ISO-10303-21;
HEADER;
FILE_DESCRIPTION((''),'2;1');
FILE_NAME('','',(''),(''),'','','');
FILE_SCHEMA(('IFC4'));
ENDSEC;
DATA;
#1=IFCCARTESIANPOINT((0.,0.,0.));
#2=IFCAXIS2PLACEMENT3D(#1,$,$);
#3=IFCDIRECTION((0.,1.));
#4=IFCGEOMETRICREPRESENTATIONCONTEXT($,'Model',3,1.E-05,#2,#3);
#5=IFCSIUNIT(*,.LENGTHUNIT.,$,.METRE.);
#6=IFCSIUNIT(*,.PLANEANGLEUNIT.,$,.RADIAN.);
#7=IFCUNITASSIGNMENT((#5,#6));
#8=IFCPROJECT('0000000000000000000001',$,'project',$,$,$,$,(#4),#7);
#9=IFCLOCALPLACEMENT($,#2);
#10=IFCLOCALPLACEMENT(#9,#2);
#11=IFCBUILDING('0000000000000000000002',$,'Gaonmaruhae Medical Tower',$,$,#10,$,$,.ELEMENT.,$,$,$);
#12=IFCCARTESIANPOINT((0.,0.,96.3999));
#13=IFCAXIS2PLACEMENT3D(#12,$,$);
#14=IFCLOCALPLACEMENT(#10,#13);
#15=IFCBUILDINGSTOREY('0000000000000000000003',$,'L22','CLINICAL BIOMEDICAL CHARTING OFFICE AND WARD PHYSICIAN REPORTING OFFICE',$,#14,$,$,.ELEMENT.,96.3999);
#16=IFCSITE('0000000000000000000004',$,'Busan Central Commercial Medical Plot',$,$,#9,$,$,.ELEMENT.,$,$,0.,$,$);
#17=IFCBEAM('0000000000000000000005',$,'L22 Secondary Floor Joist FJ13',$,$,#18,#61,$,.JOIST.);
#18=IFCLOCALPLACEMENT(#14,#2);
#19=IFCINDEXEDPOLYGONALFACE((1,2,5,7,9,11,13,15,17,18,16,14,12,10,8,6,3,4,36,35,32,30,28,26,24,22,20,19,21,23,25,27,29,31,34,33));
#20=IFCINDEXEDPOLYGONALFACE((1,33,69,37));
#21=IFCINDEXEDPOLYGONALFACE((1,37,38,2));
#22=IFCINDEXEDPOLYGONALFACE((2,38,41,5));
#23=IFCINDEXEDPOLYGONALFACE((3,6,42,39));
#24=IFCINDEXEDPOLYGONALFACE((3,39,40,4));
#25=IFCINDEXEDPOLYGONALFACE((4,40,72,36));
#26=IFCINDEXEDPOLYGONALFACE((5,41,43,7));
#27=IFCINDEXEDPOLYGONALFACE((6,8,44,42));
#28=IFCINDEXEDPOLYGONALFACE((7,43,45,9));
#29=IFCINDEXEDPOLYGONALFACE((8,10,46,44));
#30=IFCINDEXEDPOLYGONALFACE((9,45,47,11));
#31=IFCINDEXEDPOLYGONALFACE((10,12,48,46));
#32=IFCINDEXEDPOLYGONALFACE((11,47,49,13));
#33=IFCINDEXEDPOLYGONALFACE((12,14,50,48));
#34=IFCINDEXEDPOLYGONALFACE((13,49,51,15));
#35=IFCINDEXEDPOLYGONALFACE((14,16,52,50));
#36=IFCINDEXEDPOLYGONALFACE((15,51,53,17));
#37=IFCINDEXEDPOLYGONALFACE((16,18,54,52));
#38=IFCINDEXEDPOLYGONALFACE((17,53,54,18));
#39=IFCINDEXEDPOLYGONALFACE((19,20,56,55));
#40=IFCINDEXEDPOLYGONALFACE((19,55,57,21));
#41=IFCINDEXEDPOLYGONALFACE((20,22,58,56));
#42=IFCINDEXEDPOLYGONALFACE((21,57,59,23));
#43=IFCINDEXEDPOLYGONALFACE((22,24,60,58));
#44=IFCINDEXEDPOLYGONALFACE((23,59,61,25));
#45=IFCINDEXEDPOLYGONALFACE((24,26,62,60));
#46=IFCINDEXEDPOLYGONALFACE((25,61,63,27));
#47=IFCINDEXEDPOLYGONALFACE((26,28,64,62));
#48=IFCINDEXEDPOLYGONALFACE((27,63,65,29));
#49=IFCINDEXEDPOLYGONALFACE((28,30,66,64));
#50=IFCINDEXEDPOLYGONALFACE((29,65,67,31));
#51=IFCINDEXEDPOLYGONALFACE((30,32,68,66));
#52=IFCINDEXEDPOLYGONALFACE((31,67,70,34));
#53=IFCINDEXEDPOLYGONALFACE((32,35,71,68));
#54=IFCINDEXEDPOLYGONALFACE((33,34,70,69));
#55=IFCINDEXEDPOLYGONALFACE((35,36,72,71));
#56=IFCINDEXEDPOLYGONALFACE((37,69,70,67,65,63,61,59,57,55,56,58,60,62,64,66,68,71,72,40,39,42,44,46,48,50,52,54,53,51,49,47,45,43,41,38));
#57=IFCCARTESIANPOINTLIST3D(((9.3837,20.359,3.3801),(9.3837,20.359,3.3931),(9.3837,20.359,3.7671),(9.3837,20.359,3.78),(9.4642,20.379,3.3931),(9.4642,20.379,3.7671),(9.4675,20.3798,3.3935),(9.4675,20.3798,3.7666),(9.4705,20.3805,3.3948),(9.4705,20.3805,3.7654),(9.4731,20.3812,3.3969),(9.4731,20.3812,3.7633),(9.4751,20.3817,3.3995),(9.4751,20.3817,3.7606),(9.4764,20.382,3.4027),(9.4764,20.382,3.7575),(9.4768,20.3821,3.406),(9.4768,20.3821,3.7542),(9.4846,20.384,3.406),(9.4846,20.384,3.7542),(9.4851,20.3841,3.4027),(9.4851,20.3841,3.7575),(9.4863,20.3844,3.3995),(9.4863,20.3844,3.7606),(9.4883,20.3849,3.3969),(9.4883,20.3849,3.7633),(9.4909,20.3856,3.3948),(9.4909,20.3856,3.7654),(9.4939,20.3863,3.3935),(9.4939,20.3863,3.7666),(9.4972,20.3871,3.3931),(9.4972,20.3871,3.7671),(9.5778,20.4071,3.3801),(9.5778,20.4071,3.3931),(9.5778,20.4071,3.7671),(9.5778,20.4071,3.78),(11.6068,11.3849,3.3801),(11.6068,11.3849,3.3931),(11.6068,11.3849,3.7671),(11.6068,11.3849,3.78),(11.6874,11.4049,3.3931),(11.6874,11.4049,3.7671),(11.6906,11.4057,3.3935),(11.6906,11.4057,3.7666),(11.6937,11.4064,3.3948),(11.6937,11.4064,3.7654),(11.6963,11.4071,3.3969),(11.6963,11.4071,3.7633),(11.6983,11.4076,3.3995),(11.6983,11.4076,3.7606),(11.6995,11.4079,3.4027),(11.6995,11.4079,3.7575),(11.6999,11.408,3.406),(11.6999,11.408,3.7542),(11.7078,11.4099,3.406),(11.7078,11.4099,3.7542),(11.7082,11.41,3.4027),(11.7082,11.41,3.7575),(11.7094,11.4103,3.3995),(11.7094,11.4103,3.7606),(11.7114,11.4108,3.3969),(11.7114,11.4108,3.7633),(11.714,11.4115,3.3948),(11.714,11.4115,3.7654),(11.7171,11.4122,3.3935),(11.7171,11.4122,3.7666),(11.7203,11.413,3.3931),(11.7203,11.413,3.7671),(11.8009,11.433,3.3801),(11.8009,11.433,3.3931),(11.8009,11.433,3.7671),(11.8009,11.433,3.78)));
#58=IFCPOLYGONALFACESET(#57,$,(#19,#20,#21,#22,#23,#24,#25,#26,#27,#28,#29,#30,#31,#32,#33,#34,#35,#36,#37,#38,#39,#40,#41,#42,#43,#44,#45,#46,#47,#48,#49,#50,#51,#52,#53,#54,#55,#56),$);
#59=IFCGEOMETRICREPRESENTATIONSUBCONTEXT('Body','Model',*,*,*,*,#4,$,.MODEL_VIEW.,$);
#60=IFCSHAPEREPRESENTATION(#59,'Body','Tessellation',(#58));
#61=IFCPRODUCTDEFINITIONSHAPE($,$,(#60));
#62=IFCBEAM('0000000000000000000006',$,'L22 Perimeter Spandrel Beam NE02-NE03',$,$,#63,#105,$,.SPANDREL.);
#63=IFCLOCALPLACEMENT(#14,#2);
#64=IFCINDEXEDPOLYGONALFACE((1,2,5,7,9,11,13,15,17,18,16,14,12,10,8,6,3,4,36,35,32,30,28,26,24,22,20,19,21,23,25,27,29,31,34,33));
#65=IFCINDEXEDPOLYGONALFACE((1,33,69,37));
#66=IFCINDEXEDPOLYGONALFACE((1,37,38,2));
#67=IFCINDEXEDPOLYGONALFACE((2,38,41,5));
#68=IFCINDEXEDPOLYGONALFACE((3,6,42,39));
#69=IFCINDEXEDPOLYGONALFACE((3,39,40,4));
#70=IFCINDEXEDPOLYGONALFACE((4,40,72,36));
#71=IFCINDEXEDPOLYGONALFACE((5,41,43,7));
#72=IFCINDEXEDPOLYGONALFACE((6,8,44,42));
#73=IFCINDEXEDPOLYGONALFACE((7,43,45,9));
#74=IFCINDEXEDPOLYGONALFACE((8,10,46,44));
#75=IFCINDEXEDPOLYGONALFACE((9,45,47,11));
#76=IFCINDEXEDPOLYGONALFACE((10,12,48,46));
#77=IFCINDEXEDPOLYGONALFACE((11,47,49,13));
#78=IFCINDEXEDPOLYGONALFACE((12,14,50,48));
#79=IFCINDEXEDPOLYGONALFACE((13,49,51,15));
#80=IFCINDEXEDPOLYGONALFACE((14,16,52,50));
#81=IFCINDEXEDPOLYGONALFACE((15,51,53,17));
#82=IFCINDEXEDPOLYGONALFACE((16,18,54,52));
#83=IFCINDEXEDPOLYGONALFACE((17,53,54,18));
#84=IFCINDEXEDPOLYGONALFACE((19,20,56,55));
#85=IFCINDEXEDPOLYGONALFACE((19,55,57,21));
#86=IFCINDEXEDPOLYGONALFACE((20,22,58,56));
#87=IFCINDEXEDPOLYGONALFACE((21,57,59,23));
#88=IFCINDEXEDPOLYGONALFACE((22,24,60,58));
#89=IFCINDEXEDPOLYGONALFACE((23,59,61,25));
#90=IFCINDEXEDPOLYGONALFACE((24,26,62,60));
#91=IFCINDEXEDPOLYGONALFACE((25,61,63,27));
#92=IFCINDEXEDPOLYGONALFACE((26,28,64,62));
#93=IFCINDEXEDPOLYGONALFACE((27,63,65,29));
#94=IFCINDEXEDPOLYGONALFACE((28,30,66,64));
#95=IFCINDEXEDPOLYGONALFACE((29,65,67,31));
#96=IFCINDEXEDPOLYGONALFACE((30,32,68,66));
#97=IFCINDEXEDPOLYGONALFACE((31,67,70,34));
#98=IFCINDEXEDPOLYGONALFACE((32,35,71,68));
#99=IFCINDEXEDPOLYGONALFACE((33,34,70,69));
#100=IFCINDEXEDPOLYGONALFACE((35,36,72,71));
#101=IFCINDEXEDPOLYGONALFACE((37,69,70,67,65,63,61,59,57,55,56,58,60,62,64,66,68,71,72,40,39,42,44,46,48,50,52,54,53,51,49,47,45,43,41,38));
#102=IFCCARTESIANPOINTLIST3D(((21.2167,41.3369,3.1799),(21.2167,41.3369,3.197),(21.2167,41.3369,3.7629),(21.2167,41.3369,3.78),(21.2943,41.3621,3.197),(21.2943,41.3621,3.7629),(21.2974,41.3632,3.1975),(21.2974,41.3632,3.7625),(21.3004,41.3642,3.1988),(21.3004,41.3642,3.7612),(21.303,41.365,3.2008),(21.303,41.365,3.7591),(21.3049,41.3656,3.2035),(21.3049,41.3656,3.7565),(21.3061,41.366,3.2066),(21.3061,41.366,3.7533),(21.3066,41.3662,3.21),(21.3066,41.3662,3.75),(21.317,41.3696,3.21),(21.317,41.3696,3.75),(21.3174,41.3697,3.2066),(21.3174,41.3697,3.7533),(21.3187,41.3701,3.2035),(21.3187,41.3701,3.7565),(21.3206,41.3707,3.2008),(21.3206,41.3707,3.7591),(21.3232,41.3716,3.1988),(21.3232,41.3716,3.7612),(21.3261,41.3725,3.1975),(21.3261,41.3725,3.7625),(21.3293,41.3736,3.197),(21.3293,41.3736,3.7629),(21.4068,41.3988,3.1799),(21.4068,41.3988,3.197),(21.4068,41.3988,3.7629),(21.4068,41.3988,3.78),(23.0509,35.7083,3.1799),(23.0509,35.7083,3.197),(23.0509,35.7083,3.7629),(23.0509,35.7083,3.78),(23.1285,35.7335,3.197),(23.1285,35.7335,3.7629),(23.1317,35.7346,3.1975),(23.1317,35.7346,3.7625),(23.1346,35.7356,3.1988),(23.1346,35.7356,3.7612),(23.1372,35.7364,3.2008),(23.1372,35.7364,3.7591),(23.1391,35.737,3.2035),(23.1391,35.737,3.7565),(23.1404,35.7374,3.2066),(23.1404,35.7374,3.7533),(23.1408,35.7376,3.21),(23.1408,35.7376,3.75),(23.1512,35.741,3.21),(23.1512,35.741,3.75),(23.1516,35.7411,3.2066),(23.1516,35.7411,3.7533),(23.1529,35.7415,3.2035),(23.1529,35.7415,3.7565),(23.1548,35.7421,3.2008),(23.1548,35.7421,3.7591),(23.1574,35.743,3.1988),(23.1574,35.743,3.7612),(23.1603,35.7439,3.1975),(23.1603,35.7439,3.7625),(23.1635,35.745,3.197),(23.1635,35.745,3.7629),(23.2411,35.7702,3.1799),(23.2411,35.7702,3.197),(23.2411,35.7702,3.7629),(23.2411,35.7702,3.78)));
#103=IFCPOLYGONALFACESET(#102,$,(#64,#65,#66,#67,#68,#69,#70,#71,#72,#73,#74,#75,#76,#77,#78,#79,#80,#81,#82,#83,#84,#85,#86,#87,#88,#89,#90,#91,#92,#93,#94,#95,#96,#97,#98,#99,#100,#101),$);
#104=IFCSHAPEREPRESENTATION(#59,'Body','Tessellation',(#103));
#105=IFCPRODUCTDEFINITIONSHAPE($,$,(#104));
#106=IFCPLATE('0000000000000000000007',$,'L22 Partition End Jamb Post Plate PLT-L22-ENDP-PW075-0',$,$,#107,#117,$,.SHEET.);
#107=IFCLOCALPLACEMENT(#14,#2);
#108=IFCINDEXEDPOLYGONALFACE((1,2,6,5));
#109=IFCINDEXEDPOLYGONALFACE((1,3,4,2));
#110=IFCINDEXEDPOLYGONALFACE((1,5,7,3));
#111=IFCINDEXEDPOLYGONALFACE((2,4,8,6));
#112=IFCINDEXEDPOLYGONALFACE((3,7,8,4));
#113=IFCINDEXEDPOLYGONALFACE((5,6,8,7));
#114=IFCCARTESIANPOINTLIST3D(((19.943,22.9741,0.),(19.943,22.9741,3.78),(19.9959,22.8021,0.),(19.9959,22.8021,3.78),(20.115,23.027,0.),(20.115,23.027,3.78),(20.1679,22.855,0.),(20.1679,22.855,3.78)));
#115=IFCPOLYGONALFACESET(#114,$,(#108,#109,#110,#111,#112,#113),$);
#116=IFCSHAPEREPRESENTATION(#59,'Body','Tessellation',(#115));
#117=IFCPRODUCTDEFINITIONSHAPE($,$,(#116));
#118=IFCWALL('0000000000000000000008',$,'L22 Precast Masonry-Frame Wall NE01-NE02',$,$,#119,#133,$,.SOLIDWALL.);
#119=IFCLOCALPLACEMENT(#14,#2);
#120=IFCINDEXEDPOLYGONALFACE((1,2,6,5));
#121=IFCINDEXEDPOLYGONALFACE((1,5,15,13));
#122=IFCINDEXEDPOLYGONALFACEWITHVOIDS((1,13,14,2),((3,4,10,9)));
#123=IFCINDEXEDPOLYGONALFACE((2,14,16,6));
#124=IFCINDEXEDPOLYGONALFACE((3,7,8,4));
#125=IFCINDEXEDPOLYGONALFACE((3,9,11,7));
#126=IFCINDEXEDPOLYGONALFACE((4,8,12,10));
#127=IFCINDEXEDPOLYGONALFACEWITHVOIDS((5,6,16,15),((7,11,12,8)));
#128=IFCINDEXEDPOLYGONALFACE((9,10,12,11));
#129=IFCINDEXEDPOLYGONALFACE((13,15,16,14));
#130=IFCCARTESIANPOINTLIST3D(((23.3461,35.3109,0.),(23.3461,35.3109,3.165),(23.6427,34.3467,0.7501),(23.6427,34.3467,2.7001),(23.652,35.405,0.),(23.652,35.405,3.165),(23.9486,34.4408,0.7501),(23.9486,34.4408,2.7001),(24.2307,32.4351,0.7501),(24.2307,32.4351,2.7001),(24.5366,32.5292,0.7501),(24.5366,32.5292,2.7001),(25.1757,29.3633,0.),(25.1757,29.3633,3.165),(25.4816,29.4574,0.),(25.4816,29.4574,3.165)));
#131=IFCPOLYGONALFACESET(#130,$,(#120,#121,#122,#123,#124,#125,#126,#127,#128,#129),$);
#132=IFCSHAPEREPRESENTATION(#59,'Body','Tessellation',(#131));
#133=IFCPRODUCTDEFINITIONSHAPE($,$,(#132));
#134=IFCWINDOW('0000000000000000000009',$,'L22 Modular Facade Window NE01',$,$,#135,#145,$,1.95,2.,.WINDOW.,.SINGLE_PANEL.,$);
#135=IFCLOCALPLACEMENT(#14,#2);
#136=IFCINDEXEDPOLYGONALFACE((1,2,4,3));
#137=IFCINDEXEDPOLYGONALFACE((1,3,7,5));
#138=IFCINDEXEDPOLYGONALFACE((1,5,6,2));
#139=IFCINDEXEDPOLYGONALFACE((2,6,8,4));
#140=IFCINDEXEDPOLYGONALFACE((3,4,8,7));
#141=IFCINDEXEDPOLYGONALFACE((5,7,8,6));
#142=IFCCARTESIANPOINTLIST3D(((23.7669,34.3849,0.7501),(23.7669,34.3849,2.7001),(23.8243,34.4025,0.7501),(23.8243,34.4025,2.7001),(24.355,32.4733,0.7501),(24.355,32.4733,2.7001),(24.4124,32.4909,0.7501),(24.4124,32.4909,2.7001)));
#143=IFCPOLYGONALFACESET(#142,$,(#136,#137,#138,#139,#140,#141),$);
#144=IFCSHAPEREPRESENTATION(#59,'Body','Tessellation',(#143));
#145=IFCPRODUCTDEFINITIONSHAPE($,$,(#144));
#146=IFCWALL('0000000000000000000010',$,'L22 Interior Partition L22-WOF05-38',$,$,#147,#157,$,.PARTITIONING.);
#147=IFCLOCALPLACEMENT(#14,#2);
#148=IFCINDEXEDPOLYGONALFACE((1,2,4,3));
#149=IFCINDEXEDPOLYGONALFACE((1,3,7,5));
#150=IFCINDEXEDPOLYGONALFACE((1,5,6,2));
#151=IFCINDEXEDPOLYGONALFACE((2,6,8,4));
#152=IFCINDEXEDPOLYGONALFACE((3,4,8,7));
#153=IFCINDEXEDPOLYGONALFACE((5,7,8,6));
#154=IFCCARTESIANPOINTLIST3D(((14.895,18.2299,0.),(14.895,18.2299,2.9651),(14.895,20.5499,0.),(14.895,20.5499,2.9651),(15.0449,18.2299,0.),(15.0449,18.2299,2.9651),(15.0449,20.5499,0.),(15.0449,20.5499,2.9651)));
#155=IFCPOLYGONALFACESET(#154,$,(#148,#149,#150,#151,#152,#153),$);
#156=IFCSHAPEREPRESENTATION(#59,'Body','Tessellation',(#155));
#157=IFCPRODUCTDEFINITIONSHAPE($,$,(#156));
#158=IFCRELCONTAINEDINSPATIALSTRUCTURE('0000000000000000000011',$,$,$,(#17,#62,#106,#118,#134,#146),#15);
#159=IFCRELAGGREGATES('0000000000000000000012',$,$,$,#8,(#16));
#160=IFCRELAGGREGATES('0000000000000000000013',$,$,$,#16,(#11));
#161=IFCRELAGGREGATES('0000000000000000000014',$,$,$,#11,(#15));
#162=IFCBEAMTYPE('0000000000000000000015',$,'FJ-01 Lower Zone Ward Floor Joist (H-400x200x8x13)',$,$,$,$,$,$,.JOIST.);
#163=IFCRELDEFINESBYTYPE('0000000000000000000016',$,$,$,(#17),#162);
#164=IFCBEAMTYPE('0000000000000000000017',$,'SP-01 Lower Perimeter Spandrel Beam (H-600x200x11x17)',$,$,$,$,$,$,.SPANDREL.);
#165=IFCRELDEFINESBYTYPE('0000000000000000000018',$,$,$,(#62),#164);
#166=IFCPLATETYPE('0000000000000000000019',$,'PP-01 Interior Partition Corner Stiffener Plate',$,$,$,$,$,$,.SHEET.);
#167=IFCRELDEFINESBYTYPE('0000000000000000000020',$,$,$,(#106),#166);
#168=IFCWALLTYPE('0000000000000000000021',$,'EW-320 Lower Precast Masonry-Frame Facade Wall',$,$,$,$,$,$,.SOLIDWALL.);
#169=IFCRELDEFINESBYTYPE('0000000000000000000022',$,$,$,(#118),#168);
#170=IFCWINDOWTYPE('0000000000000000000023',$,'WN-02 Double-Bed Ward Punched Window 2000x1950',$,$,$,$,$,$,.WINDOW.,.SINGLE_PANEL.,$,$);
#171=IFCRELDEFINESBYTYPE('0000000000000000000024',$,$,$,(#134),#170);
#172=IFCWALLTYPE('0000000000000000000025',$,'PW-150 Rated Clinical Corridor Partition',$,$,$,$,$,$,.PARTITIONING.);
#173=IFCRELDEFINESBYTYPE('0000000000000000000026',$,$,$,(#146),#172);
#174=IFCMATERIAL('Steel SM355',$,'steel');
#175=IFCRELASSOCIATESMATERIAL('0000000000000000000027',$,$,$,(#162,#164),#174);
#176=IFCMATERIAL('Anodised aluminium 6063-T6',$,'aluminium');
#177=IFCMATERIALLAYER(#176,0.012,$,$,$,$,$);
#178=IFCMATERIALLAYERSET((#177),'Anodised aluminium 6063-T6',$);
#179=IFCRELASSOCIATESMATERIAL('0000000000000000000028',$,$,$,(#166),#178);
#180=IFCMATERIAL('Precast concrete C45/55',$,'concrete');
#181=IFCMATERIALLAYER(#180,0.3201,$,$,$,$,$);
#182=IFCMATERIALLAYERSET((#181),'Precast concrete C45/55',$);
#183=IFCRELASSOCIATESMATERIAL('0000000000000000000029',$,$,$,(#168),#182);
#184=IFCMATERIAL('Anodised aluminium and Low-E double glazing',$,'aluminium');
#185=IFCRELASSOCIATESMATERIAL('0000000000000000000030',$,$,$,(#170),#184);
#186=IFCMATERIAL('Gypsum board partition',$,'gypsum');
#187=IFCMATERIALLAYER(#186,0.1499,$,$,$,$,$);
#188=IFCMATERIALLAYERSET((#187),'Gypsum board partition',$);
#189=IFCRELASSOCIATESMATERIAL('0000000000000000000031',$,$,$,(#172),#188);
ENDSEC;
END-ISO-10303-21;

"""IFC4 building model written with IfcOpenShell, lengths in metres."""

from ifc_helpers import new_model, si_unit, direction, frame, frame_2d, origin, origin_2d, place, context, subcontext, project, spatial, rectangle, i_section, extrude, material, layer, layer_set, material_profile, profile_set, type_object, element, fill, save


model = new_model("IFC4")

# Units and contexts
model_context = context("Model", 3, precision=1e-05, world=origin(), true_north=direction((0.0, 1.0)))
body_context = subcontext(model_context, "Body", "Model", "MODEL_VIEW")
ifc_project = project(units=[si_unit("LENGTHUNIT", "METRE"), si_unit("PLANEANGLEUNIT", "RADIAN")], contexts=[model_context])

# Site, building, storey
site_placement = place(None, origin())
site = spatial("IfcSite", under=ifc_project, at=site_placement, Name="Busan Central Commercial Medical Plot", CompositionType="ELEMENT", RefElevation=0.0)
building_placement = place(site_placement, origin())
building = spatial("IfcBuilding", under=site, at=building_placement, Name="Gaonmaruhae Medical Tower", CompositionType="ELEMENT")
storey_placement = place(building_placement, frame((0.0, 0.0, 96.3999)))
storey = spatial("IfcBuildingStorey", under=building, at=storey_placement, Name="L22", Description="CLINICAL BIOMEDICAL CHARTING OFFICE AND WARD PHYSICIAN REPORTING OFFICE", CompositionType="ELEMENT", Elevation=96.3999)

# Beams
ifc_material_1 = material(Name="Steel SM355", Category="steel")
ifc_material_profile_1 = material_profile(ifc_material_1, i_section(OverallWidth=0.2, OverallDepth=0.3999, WebThickness=0.0081, FlangeThickness=0.0129, FilletRadius=0.0129, at=origin_2d()), Name="H-400x200x8x13")
ifc_profile_set_1 = profile_set([ifc_material_profile_1], Name="Steel SM355")
beam_type_1 = type_object("IfcBeamType", Name="FJ-01 Lower Zone Ward Floor Joist (H-400x200x8x13)", PredefinedType="JOIST", material=ifc_profile_set_1)
beam_1_placement = place(storey_placement, frame((9.4807, 20.3831, 3.5801), z_axis=(0.24046, -0.970659, 0.0), x_axis=(0.970659, 0.24046, 0.0)))
element("IfcBeam", 1, at=beam_1_placement, inside=storey, type_object=beam_type_1, Name="L22 Secondary Floor Joist FJ13", PredefinedType="JOIST", context=body_context, shape_type="SweptSolid", body=[
    extrude(i_section(OverallWidth=0.2, OverallDepth=0.3999, WebThickness=0.0081, FlangeThickness=0.0129, FilletRadius=0.0129, at=origin_2d()), origin(), (0.0, 0.0, 1.0), 9.2454),
])
ifc_material_profile_2 = material_profile(ifc_material_1, i_section(OverallWidth=0.2, OverallDepth=0.6001, WebThickness=0.011, FlangeThickness=0.0171, FilletRadius=0.0129, at=origin_2d()), Name="H-600x200x11x17")
ifc_profile_set_2 = profile_set([ifc_material_profile_2], Name="Steel SM355")
beam_type_2 = type_object("IfcBeamType", Name="SP-01 Lower Perimeter Spandrel Beam (H-600x200x11x17)", PredefinedType="SPANDREL", material=ifc_profile_set_2)
beam_2_placement = place(storey_placement, frame((23.146, 35.7393, 3.48), z_axis=(-0.309837, 0.95079, 0.0), x_axis=(-0.95079, -0.309837, 0.0)))
element("IfcBeam", 2, at=beam_2_placement, inside=storey, type_object=beam_type_2, Name="L22 Perimeter Spandrel Beam NE02-NE03", PredefinedType="SPANDREL", context=body_context, shape_type="SweptSolid", body=[
    extrude(i_section(OverallWidth=0.2, OverallDepth=0.6001, WebThickness=0.011, FlangeThickness=0.0171, FilletRadius=0.0129, at=origin_2d()), origin(), (0.0, 0.0, 1.0), 5.9199),
])

# Plate
ifc_material_2 = material(Name="Anodised aluminium 6063-T6", Category="aluminium")
ifc_layer_1 = layer(ifc_material_2, 0.012)
ifc_layer_set_1 = layer_set([ifc_layer_1], Name="Anodised aluminium 6063-T6")
plate_type = type_object("IfcPlateType", Name="PP-01 Interior Partition Corner Stiffener Plate", PredefinedType="SHEET", material=ifc_layer_set_1)
plate_placement = place(storey_placement, frame((20.0554, 22.9146, 0.0), z_axis=(0.0, 0.0, 1.0), x_axis=(-0.29399, 0.955808, 0.0)))
element("IfcPlate", 3, at=plate_placement, inside=storey, type_object=plate_type, Name="L22 Partition End Jamb Post Plate PLT-L22-ENDP-PW075-0", PredefinedType="SHEET", context=body_context, shape_type="SweptSolid", body=[
    extrude(rectangle(XDim=0.1799, YDim=0.1799, at=origin_2d()), origin(), (0.0, 0.0, 1.0), 3.78),
])

# Wall, opening, window
ifc_material_3 = material(Name="Precast concrete C45/55", Category="concrete")
ifc_layer_2 = layer(ifc_material_3, 0.3201)
ifc_layer_set_2 = layer_set([ifc_layer_2], Name="Precast concrete C45/55")
wall_type_1 = type_object("IfcWallType", Name="EW-320 Lower Precast Masonry-Frame Facade Wall", PredefinedType="SOLIDWALL", material=ifc_layer_set_2)
wall_1_placement = place(storey_placement, frame((23.499, 35.3579, 0.0), z_axis=(0.0, 0.0, 1.0), x_axis=(0.294025, -0.955798, 0.0)))
wall_1 = element("IfcWall", 4, at=wall_1_placement, inside=storey, type_object=wall_type_1, Name="L22 Precast Masonry-Frame Wall NE01-NE02", PredefinedType="SOLIDWALL", context=body_context, shape_type="SweptSolid", body=[
    extrude(rectangle(XDim=6.2227, YDim=0.3201, at=frame_2d((3.1113, 0.0))), origin(), (0.0, 0.0, 1.0), 3.165),
])
opening_1_placement = place(wall_1_placement, frame((1.0088, 0.0, 0.75)))
opening_1 = element("IfcOpeningElement", 5, at=opening_1_placement, cuts=wall_1, PredefinedType="OPENING", context=body_context, shape_type="SweptSolid", body=[
    extrude(rectangle(XDim=2.0, YDim=1.95, at=frame_2d((1.0, 0.9751))), frame((0.0, 0.1699, 0.0), z_axis=(0.0, -1.0, 0.0), x_axis=(1.0, 0.0, 0.0)), (0.0, 0.0, 1.0), 0.3401),
])
ifc_material_4 = material(Name="Anodised aluminium and Low-E double glazing", Category="aluminium")
window_type = type_object("IfcWindowType", Name="WN-02 Double-Bed Ward Punched Window 2000x1950", PartitioningType="SINGLE_PANEL", PredefinedType="WINDOW", material=ifc_material_4)
window_placement = place(opening_1_placement, origin())
window = element("IfcWindow", 6, at=window_placement, inside=storey, type_object=window_type, Name="L22 Modular Facade Window NE01", OverallHeight=1.95, OverallWidth=2.0, PartitioningType="SINGLE_PANEL", PredefinedType="WINDOW", context=body_context, shape_type="SweptSolid", body=[
    extrude(rectangle(XDim=2.0, YDim=1.95, at=frame_2d((1.0, 0.9751))), frame((0.0, 0.03, 0.0), z_axis=(0.0, -1.0, 0.0), x_axis=(1.0, 0.0, 0.0)), (0.0, 0.0, 1.0), 0.0601),
])
fill(opening_1, window)

# Wall
ifc_material_5 = material(Name="Gypsum board partition", Category="gypsum")
ifc_layer_3 = layer(ifc_material_5, 0.1499)
ifc_layer_set_3 = layer_set([ifc_layer_3], Name="Gypsum board partition")
wall_type_2 = type_object("IfcWallType", Name="PW-150 Rated Clinical Corridor Partition", PredefinedType="PARTITIONING", material=ifc_layer_set_3)
wall_2_placement = place(storey_placement, frame((14.97, 20.55, 0.0), z_axis=(0.0, 0.0, 1.0), x_axis=(0.0, -1.0, 0.0)))
element("IfcWall", 7, at=wall_2_placement, inside=storey, type_object=wall_type_2, Name="L22 Interior Partition L22-WOF05-38", PredefinedType="PARTITIONING", context=body_context, shape_type="SweptSolid", body=[
    extrude(rectangle(XDim=2.3201, YDim=0.1499, at=frame_2d((1.1602, 0.0))), origin(), (0.0, 0.0, 1.0), 2.9651),
])

save(model, "model.ifc")
